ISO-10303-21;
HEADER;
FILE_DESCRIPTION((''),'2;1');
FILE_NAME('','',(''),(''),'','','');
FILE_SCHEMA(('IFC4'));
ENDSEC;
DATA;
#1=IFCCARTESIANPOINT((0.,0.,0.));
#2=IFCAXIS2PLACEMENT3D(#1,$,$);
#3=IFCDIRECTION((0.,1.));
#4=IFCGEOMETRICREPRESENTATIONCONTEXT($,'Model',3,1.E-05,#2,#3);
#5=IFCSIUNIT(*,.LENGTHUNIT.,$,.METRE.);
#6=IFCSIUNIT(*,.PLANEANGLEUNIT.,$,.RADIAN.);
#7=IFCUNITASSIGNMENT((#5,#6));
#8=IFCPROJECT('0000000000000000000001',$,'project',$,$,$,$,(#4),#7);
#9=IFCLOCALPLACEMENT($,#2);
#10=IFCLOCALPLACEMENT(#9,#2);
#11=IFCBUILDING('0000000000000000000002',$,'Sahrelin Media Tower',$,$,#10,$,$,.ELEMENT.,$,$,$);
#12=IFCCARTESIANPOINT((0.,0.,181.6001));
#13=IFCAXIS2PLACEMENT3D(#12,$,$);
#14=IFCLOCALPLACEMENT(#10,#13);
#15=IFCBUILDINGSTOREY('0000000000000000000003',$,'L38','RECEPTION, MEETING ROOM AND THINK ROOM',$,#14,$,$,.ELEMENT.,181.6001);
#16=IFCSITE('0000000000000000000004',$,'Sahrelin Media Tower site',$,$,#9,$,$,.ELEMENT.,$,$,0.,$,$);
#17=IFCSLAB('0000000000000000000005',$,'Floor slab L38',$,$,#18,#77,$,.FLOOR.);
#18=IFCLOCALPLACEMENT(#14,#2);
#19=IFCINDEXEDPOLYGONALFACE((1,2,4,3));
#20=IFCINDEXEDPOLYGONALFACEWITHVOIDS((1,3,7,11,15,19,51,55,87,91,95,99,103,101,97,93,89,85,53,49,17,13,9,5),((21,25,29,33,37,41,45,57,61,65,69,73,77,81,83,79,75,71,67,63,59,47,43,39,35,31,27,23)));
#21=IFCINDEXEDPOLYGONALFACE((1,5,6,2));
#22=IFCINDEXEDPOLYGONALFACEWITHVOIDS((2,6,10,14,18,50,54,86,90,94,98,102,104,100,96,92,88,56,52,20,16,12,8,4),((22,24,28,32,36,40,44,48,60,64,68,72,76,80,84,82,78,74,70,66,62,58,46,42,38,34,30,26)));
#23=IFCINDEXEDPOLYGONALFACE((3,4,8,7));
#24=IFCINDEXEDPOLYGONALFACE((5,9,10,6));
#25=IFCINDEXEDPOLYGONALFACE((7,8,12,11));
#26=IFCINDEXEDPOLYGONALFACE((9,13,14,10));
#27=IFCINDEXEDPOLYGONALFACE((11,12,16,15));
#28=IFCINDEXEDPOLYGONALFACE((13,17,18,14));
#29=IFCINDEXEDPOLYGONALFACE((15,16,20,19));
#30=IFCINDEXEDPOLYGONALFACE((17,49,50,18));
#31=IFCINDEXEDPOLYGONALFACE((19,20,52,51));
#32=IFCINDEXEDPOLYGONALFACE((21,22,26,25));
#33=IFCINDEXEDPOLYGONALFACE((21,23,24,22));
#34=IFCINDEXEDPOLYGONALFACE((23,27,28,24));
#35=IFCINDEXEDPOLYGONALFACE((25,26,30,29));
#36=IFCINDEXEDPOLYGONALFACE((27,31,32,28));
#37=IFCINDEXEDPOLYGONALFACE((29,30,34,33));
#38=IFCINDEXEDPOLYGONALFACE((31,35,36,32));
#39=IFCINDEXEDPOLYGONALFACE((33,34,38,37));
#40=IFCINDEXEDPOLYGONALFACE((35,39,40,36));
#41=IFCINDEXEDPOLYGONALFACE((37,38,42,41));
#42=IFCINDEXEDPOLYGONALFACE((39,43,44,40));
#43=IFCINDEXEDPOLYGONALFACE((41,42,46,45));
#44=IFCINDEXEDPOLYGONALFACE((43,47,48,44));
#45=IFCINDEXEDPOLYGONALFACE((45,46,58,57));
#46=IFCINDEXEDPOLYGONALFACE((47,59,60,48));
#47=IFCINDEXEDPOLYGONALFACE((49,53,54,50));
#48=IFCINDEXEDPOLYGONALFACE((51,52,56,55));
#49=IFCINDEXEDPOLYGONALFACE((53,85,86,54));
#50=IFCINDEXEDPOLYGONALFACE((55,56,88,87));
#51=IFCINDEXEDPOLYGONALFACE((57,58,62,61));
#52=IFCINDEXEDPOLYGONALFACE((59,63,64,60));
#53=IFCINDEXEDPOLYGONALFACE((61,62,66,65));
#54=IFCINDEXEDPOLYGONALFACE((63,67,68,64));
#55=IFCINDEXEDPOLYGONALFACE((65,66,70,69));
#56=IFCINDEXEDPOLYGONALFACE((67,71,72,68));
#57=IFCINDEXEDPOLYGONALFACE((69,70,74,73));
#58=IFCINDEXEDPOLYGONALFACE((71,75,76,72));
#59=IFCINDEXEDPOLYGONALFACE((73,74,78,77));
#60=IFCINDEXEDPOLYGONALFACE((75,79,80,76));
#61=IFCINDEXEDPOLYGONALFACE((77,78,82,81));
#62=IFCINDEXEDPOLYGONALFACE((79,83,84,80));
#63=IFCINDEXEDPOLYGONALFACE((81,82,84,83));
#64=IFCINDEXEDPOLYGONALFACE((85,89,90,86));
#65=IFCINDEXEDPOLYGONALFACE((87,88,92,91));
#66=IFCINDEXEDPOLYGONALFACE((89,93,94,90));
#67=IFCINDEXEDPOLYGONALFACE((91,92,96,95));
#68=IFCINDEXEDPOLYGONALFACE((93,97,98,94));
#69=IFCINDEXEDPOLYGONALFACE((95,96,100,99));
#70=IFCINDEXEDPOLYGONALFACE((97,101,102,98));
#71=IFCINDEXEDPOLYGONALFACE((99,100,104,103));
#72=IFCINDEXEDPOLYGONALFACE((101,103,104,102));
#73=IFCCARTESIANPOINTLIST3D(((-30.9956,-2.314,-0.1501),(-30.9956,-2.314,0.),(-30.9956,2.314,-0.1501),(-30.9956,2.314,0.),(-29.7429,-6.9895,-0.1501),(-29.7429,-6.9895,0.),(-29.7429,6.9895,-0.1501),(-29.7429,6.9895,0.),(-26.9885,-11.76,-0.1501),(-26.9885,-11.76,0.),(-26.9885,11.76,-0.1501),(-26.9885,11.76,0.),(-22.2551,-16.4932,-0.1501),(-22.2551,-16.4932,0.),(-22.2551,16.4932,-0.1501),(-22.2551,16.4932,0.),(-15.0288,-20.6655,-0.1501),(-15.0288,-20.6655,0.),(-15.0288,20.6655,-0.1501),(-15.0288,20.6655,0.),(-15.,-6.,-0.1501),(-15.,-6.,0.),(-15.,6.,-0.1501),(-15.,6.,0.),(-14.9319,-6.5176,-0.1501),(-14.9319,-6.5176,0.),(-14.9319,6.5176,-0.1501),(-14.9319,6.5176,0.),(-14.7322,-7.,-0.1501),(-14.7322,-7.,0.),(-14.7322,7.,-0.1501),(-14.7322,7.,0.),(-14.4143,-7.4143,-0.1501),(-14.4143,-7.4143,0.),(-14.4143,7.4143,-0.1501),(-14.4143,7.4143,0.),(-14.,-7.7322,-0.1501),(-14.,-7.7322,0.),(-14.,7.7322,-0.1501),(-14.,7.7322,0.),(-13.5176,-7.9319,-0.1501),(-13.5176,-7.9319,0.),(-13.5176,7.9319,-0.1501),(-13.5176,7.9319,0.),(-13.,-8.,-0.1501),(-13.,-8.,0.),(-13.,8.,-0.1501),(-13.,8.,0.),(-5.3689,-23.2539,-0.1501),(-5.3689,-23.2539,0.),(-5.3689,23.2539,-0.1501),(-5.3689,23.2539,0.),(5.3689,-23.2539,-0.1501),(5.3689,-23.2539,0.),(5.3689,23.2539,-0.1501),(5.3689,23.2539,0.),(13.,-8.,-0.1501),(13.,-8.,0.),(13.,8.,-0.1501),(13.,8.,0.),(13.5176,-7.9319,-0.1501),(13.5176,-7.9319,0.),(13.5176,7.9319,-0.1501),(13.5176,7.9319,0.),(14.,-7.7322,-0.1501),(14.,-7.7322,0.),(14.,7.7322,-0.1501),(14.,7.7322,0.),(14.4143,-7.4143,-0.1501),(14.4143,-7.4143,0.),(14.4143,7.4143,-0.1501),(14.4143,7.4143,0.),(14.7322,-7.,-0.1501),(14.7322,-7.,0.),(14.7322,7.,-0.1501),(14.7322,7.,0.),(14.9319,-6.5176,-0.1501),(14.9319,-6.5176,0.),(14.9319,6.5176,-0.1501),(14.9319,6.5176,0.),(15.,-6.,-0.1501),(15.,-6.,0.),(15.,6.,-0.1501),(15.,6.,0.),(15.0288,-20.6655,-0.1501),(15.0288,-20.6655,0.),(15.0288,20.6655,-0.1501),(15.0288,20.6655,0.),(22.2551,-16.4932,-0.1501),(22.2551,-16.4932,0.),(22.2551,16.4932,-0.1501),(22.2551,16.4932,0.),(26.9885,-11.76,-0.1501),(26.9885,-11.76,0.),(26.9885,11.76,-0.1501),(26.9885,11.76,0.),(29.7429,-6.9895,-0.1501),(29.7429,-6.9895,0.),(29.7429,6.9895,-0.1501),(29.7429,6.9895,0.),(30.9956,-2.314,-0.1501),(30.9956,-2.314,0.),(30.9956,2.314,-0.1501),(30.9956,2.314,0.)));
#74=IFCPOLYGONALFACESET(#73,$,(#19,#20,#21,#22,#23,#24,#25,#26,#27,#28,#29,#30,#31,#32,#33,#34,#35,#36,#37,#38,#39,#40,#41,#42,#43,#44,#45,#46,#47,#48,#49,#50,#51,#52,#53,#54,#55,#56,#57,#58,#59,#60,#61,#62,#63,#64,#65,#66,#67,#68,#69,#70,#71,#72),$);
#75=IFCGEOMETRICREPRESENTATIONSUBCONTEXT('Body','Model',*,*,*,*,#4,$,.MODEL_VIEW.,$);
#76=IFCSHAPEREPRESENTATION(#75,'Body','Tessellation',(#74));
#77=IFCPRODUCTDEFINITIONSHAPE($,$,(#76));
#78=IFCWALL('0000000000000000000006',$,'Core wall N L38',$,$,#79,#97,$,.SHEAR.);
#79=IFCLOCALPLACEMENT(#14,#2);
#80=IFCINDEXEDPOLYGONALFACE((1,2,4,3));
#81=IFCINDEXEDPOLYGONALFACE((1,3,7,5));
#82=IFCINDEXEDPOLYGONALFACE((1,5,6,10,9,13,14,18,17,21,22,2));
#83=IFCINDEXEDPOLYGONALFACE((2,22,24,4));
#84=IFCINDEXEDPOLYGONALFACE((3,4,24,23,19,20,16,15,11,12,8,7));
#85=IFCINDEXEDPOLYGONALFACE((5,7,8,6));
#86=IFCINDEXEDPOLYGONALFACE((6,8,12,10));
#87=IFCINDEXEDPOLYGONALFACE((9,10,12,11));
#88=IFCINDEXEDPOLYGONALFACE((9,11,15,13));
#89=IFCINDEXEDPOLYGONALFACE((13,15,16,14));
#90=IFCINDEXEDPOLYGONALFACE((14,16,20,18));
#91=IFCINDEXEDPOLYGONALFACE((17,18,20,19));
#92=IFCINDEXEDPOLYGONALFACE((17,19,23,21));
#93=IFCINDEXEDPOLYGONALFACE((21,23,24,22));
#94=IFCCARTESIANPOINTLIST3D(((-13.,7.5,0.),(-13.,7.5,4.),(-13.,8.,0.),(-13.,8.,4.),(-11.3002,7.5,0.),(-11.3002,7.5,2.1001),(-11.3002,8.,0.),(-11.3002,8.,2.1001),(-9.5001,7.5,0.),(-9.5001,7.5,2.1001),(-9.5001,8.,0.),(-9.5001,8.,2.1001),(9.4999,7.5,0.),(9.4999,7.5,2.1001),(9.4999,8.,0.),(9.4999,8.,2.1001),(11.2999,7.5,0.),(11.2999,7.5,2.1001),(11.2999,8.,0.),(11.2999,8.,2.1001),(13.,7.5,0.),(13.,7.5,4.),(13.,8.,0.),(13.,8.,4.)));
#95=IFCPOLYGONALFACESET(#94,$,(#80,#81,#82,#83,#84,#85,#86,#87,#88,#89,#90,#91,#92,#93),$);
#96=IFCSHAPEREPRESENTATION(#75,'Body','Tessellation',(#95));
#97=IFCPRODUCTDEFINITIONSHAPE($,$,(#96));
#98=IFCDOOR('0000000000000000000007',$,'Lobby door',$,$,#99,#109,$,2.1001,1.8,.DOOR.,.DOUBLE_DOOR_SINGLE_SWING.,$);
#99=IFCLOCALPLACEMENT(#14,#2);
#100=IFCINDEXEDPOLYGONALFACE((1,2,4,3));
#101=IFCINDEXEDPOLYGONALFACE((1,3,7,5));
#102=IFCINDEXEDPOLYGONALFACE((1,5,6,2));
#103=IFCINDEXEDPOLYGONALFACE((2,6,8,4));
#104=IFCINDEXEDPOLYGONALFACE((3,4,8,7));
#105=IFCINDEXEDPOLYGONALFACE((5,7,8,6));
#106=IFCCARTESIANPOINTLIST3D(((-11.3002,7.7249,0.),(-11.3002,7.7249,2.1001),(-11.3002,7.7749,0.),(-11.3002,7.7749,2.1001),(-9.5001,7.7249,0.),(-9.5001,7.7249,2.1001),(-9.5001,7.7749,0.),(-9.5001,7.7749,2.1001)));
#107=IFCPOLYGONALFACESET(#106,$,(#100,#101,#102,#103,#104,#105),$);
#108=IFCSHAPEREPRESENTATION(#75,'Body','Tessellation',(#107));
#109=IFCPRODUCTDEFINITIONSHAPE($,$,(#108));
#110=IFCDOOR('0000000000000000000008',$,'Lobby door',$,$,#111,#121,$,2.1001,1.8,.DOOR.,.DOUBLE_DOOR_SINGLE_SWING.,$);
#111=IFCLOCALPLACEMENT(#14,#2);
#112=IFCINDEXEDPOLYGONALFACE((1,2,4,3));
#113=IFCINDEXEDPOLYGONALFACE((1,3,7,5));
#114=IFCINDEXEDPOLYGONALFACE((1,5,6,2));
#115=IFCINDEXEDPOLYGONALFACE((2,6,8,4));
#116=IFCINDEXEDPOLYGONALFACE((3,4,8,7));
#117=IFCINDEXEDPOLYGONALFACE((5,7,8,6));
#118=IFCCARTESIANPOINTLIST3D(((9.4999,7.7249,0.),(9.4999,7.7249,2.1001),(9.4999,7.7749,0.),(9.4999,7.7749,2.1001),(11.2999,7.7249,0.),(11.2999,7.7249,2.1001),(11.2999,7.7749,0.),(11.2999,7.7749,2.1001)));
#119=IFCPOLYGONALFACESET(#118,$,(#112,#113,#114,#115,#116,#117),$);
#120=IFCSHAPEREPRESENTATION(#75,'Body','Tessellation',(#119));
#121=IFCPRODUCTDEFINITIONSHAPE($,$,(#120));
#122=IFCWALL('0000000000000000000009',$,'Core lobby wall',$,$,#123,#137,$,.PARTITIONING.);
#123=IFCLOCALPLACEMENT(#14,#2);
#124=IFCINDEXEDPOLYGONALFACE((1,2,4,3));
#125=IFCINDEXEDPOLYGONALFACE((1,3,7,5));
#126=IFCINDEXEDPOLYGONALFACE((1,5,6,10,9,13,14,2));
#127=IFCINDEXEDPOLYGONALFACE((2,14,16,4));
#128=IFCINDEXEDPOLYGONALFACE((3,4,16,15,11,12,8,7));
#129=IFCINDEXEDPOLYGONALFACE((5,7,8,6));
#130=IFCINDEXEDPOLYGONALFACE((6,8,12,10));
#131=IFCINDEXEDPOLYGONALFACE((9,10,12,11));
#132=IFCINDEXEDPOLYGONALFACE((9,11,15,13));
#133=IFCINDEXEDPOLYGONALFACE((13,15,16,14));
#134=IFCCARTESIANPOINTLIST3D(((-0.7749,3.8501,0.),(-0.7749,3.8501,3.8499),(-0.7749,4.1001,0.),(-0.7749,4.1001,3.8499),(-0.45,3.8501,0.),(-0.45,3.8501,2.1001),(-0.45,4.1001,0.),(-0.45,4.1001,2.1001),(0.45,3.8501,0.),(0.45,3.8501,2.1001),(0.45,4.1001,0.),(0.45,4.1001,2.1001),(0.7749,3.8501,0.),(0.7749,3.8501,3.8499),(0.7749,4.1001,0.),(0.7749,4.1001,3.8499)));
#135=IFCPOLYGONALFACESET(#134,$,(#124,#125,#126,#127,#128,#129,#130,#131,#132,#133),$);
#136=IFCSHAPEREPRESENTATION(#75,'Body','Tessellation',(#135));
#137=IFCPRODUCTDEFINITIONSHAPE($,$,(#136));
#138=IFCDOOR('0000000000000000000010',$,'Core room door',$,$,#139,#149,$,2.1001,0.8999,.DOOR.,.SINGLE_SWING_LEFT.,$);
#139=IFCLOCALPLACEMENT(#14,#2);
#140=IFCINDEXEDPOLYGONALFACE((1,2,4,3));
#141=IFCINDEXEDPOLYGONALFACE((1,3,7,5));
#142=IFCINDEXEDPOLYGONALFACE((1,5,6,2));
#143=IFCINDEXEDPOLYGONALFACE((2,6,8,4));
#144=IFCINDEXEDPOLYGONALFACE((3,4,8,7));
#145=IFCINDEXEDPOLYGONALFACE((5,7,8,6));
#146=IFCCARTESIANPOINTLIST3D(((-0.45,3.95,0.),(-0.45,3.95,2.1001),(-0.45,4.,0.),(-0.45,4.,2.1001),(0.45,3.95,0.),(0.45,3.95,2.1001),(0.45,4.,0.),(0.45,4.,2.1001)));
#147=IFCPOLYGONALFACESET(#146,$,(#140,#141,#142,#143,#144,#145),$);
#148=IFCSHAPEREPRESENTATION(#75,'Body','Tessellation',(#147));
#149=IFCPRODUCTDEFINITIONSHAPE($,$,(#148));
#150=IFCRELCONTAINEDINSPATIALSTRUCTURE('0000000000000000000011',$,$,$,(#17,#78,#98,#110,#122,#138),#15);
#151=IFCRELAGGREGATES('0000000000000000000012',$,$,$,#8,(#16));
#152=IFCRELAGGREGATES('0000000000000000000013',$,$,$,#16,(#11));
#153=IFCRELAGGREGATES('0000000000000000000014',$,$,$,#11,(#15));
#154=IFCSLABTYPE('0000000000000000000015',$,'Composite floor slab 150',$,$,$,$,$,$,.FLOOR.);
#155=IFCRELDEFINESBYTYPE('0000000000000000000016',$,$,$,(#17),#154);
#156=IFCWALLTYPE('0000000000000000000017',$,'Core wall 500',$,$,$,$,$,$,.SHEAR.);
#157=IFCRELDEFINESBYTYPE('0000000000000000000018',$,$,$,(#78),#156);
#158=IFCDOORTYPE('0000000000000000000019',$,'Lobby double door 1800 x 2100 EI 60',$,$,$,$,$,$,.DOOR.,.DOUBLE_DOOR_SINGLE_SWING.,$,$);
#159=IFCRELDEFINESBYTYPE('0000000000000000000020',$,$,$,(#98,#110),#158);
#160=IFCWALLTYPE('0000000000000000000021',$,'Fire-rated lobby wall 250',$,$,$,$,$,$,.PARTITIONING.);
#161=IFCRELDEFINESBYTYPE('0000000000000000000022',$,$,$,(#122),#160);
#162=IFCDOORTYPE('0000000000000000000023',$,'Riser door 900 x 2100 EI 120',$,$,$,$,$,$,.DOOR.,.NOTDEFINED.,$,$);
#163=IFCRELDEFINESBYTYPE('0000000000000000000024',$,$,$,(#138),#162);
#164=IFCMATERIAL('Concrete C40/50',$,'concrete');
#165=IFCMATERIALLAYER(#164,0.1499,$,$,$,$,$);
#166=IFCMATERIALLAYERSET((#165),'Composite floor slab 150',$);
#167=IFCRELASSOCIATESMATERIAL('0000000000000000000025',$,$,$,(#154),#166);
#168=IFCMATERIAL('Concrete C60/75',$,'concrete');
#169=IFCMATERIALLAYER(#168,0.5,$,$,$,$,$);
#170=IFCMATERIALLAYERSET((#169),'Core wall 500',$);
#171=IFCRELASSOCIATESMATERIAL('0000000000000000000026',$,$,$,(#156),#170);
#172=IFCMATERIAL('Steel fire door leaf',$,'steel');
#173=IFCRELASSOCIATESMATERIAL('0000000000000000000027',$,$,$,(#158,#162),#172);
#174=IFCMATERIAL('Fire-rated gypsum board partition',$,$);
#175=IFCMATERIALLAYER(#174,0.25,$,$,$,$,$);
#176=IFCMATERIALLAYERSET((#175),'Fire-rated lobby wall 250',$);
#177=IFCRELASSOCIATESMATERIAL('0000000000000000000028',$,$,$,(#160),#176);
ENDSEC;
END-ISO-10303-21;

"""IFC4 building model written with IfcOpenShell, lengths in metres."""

from ifc_helpers import new_model, si_unit, direction, frame, frame_2d, origin, place, context, subcontext, project, spatial, polyline, rectangle, outline, extrude, material, layer, layer_set, type_object, element, fill, save


model = new_model("IFC4")

# Units and contexts
model_context = context("Model", 3, precision=1e-05, world=origin(), true_north=direction((0.0, 1.0)))
body_context = subcontext(model_context, "Body", "Model", "MODEL_VIEW")
ifc_project = project(units=[si_unit("LENGTHUNIT", "METRE"), si_unit("PLANEANGLEUNIT", "RADIAN")], contexts=[model_context])

# Site, building, storey
site_placement = place(None, origin())
site = spatial("IfcSite", under=ifc_project, at=site_placement, Name="Sahrelin Media Tower site", CompositionType="ELEMENT", RefElevation=0.0)
building_placement = place(site_placement, origin())
building = spatial("IfcBuilding", under=site, at=building_placement, Name="Sahrelin Media Tower", CompositionType="ELEMENT")
storey_placement = place(building_placement, frame((0.0, 0.0, 181.6001)))
storey = spatial("IfcBuildingStorey", under=building, at=storey_placement, Name="L38", Description="RECEPTION, MEETING ROOM AND THINK ROOM", CompositionType="ELEMENT", Elevation=181.6001)

# Slab
ifc_material_1 = material(Name="Concrete C40/50", Category="concrete")
ifc_layer_1 = layer(ifc_material_1, 0.1499)
ifc_layer_set_1 = layer_set([ifc_layer_1], Name="Composite floor slab 150")
slab_type = type_object("IfcSlabType", Name="Composite floor slab 150", PredefinedType="FLOOR", material=ifc_layer_set_1)
slab_placement = place(storey_placement, frame((0.0, 0.0, -0.1501)))
element("IfcSlab", 1, at=slab_placement, inside=storey, type_object=slab_type, Name="Floor slab L38", PredefinedType="FLOOR", context=body_context, shape_type="SweptSolid", body=[
    extrude(outline(polyline([(30.9956, -2.314), (30.9956, 2.314), (29.7429, 6.9895), (26.9885, 11.76), (22.2551, 16.4932), (15.0288, 20.6655), (5.3689, 23.2539), (-5.3689, 23.2539), (-15.0288, 20.6655), (-22.2551, 16.4932), (-26.9885, 11.76), (-29.7429, 6.9895), (-30.9956, 2.314), (-30.9956, -2.314), (-29.7429, -6.9895), (-26.9885, -11.76), (-22.2551, -16.4932), (-15.0288, -20.6655), (-5.3689, -23.2539), (5.3689, -23.2539), (15.0288, -20.6655), (22.2551, -16.4932), (26.9885, -11.76), (29.7429, -6.9895), (30.9956, -2.314)]), holes=[polyline([(14.9319, 6.5176), (15.0, 6.0), (15.0, -6.0), (14.9319, -6.5176), (14.7322, -7.0), (14.4143, -7.4143), (14.0, -7.7322), (13.5176, -7.9319), (13.0, -8.0), (-13.0, -8.0), (-13.5176, -7.9319), (-14.0, -7.7322), (-14.4143, -7.4143), (-14.7322, -7.0), (-14.9319, -6.5176), (-15.0, -6.0), (-15.0, 6.0), (-14.9319, 6.5176), (-14.7322, 7.0), (-14.4143, 7.4143), (-14.0, 7.7322), (-13.5176, 7.9319), (-13.0, 8.0), (13.0, 8.0), (13.5176, 7.9319), (14.0, 7.7322), (14.4143, 7.4143), (14.7322, 7.0), (14.9319, 6.5176)])]), origin(), (0.0, 0.0, 1.0), 0.1501),
])

# Wall, openings, doors
ifc_material_2 = material(Name="Concrete C60/75", Category="concrete")
ifc_layer_2 = layer(ifc_material_2, 0.5)
ifc_layer_set_2 = layer_set([ifc_layer_2], Name="Core wall 500")
wall_type_1 = type_object("IfcWallType", Name="Core wall 500", PredefinedType="SHEAR", material=ifc_layer_set_2)
wall_1_placement = place(storey_placement, frame((-13.0, 7.75, 0.0), z_axis=(0.0, 0.0, 1.0), x_axis=(1.0, 0.0, 0.0)))
wall_1 = element("IfcWall", 2, at=wall_1_placement, inside=storey, type_object=wall_type_1, Name="Core wall N L38", PredefinedType="SHEAR", context=body_context, shape_type="SweptSolid", body=[
    extrude(rectangle(XDim=26.0, YDim=0.5, at=frame_2d((13.0, 0.0))), origin(), (0.0, 0.0, 1.0), 4.0),
])
opening_1_placement = place(wall_1_placement, frame((1.7, 0.0, 0.0)))
opening_1 = element("IfcOpeningElement", 3, at=opening_1_placement, cuts=wall_1, PredefinedType="OPENING", context=body_context, shape_type="SweptSolid", body=[
    extrude(rectangle(XDim=1.8, YDim=2.1001, at=frame_2d((0.8999, 1.05))), frame((0.0, 0.25, 0.0), z_axis=(0.0, -1.0, 0.0), x_axis=(1.0, 0.0, 0.0)), (0.0, 0.0, 1.0), 0.5),
])
opening_2_placement = place(wall_1_placement, frame((22.5, 0.0, 0.0)))
opening_2 = element("IfcOpeningElement", 4, at=opening_2_placement, cuts=wall_1, PredefinedType="OPENING", context=body_context, shape_type="SweptSolid", body=[
    extrude(rectangle(XDim=1.8, YDim=2.1001, at=frame_2d((0.8999, 1.05))), frame((0.0, 0.25, 0.0), z_axis=(0.0, -1.0, 0.0), x_axis=(1.0, 0.0, 0.0)), (0.0, 0.0, 1.0), 0.5),
])
ifc_material_3 = material(Name="Steel fire door leaf", Category="steel")
door_type_1 = type_object("IfcDoorType", Name="Lobby double door 1800 x 2100 EI 60", OperationType="DOUBLE_DOOR_SINGLE_SWING", PredefinedType="DOOR", material=ifc_material_3)
door_1_placement = place(opening_1_placement, origin())
door_1 = element("IfcDoor", 5, at=door_1_placement, inside=storey, type_object=door_type_1, Name="Lobby door", OperationType="DOUBLE_DOOR_SINGLE_SWING", OverallHeight=2.1001, OverallWidth=1.8, PredefinedType="DOOR", context=body_context, shape_type="SweptSolid", body=[
    extrude(rectangle(XDim=1.8, YDim=2.1001, at=frame_2d((0.8999, 1.05))), frame((0.0, 0.0249, 0.0), z_axis=(0.0, -1.0, 0.0), x_axis=(1.0, 0.0, 0.0)), (0.0, 0.0, 1.0), 0.05),
])
fill(opening_1, door_1)
door_2_placement = place(opening_2_placement, origin())
door_2 = element("IfcDoor", 6, at=door_2_placement, inside=storey, type_object=door_type_1, Name="Lobby door", OperationType="DOUBLE_DOOR_SINGLE_SWING", OverallHeight=2.1001, OverallWidth=1.8, PredefinedType="DOOR", context=body_context, shape_type="SweptSolid", body=[
    extrude(rectangle(XDim=1.8, YDim=2.1001, at=frame_2d((0.8999, 1.05))), frame((0.0, 0.0249, 0.0), z_axis=(0.0, -1.0, 0.0), x_axis=(1.0, 0.0, 0.0)), (0.0, 0.0, 1.0), 0.05),
])
fill(opening_2, door_2)

# Wall, opening, door
ifc_material_4 = material(Name="Fire-rated gypsum board partition")
ifc_layer_3 = layer(ifc_material_4, 0.25)
ifc_layer_set_3 = layer_set([ifc_layer_3], Name="Fire-rated lobby wall 250")
wall_type_2 = type_object("IfcWallType", Name="Fire-rated lobby wall 250", PredefinedType="PARTITIONING", material=ifc_layer_set_3)
wall_2_placement = place(storey_placement, frame((-0.7749, 3.9751, 0.0), z_axis=(0.0, 0.0, 1.0), x_axis=(1.0, 0.0, 0.0)))
wall_2 = element("IfcWall", 7, at=wall_2_placement, inside=storey, type_object=wall_type_2, Name="Core lobby wall", PredefinedType="PARTITIONING", context=body_context, shape_type="SweptSolid", body=[
    extrude(rectangle(XDim=1.5498, YDim=0.25, at=frame_2d((0.7749, 0.0))), origin(), (0.0, 0.0, 1.0), 3.8499),
])
opening_3_placement = place(wall_2_placement, frame((0.325, 0.0, 0.0)))
opening_3 = element("IfcOpeningElement", 8, at=opening_3_placement, cuts=wall_2, PredefinedType="OPENING", context=body_context, shape_type="SweptSolid", body=[
    extrude(rectangle(XDim=0.8999, YDim=2.1001, at=frame_2d((0.45, 1.05))), frame((0.0, 0.125, 0.0), z_axis=(0.0, -1.0, 0.0), x_axis=(1.0, 0.0, 0.0)), (0.0, 0.0, 1.0), 0.25),
])
door_type_2 = type_object("IfcDoorType", Name="Riser door 900 x 2100 EI 120", OperationType="NOTDEFINED", PredefinedType="DOOR", material=ifc_material_3)
door_3_placement = place(opening_3_placement, origin())
door_3 = element("IfcDoor", 9, at=door_3_placement, inside=storey, type_object=door_type_2, Name="Core room door", OperationType="SINGLE_SWING_LEFT", OverallHeight=2.1001, OverallWidth=0.8999, PredefinedType="DOOR", context=body_context, shape_type="SweptSolid", body=[
    extrude(rectangle(XDim=0.8999, YDim=2.1001, at=frame_2d((0.45, 1.05))), frame((0.0, 0.0249, 0.0), z_axis=(0.0, -1.0, 0.0), x_axis=(1.0, 0.0, 0.0)), (0.0, 0.0, 1.0), 0.05),
])
fill(opening_3, door_3)

save(model, "model.ifc")
